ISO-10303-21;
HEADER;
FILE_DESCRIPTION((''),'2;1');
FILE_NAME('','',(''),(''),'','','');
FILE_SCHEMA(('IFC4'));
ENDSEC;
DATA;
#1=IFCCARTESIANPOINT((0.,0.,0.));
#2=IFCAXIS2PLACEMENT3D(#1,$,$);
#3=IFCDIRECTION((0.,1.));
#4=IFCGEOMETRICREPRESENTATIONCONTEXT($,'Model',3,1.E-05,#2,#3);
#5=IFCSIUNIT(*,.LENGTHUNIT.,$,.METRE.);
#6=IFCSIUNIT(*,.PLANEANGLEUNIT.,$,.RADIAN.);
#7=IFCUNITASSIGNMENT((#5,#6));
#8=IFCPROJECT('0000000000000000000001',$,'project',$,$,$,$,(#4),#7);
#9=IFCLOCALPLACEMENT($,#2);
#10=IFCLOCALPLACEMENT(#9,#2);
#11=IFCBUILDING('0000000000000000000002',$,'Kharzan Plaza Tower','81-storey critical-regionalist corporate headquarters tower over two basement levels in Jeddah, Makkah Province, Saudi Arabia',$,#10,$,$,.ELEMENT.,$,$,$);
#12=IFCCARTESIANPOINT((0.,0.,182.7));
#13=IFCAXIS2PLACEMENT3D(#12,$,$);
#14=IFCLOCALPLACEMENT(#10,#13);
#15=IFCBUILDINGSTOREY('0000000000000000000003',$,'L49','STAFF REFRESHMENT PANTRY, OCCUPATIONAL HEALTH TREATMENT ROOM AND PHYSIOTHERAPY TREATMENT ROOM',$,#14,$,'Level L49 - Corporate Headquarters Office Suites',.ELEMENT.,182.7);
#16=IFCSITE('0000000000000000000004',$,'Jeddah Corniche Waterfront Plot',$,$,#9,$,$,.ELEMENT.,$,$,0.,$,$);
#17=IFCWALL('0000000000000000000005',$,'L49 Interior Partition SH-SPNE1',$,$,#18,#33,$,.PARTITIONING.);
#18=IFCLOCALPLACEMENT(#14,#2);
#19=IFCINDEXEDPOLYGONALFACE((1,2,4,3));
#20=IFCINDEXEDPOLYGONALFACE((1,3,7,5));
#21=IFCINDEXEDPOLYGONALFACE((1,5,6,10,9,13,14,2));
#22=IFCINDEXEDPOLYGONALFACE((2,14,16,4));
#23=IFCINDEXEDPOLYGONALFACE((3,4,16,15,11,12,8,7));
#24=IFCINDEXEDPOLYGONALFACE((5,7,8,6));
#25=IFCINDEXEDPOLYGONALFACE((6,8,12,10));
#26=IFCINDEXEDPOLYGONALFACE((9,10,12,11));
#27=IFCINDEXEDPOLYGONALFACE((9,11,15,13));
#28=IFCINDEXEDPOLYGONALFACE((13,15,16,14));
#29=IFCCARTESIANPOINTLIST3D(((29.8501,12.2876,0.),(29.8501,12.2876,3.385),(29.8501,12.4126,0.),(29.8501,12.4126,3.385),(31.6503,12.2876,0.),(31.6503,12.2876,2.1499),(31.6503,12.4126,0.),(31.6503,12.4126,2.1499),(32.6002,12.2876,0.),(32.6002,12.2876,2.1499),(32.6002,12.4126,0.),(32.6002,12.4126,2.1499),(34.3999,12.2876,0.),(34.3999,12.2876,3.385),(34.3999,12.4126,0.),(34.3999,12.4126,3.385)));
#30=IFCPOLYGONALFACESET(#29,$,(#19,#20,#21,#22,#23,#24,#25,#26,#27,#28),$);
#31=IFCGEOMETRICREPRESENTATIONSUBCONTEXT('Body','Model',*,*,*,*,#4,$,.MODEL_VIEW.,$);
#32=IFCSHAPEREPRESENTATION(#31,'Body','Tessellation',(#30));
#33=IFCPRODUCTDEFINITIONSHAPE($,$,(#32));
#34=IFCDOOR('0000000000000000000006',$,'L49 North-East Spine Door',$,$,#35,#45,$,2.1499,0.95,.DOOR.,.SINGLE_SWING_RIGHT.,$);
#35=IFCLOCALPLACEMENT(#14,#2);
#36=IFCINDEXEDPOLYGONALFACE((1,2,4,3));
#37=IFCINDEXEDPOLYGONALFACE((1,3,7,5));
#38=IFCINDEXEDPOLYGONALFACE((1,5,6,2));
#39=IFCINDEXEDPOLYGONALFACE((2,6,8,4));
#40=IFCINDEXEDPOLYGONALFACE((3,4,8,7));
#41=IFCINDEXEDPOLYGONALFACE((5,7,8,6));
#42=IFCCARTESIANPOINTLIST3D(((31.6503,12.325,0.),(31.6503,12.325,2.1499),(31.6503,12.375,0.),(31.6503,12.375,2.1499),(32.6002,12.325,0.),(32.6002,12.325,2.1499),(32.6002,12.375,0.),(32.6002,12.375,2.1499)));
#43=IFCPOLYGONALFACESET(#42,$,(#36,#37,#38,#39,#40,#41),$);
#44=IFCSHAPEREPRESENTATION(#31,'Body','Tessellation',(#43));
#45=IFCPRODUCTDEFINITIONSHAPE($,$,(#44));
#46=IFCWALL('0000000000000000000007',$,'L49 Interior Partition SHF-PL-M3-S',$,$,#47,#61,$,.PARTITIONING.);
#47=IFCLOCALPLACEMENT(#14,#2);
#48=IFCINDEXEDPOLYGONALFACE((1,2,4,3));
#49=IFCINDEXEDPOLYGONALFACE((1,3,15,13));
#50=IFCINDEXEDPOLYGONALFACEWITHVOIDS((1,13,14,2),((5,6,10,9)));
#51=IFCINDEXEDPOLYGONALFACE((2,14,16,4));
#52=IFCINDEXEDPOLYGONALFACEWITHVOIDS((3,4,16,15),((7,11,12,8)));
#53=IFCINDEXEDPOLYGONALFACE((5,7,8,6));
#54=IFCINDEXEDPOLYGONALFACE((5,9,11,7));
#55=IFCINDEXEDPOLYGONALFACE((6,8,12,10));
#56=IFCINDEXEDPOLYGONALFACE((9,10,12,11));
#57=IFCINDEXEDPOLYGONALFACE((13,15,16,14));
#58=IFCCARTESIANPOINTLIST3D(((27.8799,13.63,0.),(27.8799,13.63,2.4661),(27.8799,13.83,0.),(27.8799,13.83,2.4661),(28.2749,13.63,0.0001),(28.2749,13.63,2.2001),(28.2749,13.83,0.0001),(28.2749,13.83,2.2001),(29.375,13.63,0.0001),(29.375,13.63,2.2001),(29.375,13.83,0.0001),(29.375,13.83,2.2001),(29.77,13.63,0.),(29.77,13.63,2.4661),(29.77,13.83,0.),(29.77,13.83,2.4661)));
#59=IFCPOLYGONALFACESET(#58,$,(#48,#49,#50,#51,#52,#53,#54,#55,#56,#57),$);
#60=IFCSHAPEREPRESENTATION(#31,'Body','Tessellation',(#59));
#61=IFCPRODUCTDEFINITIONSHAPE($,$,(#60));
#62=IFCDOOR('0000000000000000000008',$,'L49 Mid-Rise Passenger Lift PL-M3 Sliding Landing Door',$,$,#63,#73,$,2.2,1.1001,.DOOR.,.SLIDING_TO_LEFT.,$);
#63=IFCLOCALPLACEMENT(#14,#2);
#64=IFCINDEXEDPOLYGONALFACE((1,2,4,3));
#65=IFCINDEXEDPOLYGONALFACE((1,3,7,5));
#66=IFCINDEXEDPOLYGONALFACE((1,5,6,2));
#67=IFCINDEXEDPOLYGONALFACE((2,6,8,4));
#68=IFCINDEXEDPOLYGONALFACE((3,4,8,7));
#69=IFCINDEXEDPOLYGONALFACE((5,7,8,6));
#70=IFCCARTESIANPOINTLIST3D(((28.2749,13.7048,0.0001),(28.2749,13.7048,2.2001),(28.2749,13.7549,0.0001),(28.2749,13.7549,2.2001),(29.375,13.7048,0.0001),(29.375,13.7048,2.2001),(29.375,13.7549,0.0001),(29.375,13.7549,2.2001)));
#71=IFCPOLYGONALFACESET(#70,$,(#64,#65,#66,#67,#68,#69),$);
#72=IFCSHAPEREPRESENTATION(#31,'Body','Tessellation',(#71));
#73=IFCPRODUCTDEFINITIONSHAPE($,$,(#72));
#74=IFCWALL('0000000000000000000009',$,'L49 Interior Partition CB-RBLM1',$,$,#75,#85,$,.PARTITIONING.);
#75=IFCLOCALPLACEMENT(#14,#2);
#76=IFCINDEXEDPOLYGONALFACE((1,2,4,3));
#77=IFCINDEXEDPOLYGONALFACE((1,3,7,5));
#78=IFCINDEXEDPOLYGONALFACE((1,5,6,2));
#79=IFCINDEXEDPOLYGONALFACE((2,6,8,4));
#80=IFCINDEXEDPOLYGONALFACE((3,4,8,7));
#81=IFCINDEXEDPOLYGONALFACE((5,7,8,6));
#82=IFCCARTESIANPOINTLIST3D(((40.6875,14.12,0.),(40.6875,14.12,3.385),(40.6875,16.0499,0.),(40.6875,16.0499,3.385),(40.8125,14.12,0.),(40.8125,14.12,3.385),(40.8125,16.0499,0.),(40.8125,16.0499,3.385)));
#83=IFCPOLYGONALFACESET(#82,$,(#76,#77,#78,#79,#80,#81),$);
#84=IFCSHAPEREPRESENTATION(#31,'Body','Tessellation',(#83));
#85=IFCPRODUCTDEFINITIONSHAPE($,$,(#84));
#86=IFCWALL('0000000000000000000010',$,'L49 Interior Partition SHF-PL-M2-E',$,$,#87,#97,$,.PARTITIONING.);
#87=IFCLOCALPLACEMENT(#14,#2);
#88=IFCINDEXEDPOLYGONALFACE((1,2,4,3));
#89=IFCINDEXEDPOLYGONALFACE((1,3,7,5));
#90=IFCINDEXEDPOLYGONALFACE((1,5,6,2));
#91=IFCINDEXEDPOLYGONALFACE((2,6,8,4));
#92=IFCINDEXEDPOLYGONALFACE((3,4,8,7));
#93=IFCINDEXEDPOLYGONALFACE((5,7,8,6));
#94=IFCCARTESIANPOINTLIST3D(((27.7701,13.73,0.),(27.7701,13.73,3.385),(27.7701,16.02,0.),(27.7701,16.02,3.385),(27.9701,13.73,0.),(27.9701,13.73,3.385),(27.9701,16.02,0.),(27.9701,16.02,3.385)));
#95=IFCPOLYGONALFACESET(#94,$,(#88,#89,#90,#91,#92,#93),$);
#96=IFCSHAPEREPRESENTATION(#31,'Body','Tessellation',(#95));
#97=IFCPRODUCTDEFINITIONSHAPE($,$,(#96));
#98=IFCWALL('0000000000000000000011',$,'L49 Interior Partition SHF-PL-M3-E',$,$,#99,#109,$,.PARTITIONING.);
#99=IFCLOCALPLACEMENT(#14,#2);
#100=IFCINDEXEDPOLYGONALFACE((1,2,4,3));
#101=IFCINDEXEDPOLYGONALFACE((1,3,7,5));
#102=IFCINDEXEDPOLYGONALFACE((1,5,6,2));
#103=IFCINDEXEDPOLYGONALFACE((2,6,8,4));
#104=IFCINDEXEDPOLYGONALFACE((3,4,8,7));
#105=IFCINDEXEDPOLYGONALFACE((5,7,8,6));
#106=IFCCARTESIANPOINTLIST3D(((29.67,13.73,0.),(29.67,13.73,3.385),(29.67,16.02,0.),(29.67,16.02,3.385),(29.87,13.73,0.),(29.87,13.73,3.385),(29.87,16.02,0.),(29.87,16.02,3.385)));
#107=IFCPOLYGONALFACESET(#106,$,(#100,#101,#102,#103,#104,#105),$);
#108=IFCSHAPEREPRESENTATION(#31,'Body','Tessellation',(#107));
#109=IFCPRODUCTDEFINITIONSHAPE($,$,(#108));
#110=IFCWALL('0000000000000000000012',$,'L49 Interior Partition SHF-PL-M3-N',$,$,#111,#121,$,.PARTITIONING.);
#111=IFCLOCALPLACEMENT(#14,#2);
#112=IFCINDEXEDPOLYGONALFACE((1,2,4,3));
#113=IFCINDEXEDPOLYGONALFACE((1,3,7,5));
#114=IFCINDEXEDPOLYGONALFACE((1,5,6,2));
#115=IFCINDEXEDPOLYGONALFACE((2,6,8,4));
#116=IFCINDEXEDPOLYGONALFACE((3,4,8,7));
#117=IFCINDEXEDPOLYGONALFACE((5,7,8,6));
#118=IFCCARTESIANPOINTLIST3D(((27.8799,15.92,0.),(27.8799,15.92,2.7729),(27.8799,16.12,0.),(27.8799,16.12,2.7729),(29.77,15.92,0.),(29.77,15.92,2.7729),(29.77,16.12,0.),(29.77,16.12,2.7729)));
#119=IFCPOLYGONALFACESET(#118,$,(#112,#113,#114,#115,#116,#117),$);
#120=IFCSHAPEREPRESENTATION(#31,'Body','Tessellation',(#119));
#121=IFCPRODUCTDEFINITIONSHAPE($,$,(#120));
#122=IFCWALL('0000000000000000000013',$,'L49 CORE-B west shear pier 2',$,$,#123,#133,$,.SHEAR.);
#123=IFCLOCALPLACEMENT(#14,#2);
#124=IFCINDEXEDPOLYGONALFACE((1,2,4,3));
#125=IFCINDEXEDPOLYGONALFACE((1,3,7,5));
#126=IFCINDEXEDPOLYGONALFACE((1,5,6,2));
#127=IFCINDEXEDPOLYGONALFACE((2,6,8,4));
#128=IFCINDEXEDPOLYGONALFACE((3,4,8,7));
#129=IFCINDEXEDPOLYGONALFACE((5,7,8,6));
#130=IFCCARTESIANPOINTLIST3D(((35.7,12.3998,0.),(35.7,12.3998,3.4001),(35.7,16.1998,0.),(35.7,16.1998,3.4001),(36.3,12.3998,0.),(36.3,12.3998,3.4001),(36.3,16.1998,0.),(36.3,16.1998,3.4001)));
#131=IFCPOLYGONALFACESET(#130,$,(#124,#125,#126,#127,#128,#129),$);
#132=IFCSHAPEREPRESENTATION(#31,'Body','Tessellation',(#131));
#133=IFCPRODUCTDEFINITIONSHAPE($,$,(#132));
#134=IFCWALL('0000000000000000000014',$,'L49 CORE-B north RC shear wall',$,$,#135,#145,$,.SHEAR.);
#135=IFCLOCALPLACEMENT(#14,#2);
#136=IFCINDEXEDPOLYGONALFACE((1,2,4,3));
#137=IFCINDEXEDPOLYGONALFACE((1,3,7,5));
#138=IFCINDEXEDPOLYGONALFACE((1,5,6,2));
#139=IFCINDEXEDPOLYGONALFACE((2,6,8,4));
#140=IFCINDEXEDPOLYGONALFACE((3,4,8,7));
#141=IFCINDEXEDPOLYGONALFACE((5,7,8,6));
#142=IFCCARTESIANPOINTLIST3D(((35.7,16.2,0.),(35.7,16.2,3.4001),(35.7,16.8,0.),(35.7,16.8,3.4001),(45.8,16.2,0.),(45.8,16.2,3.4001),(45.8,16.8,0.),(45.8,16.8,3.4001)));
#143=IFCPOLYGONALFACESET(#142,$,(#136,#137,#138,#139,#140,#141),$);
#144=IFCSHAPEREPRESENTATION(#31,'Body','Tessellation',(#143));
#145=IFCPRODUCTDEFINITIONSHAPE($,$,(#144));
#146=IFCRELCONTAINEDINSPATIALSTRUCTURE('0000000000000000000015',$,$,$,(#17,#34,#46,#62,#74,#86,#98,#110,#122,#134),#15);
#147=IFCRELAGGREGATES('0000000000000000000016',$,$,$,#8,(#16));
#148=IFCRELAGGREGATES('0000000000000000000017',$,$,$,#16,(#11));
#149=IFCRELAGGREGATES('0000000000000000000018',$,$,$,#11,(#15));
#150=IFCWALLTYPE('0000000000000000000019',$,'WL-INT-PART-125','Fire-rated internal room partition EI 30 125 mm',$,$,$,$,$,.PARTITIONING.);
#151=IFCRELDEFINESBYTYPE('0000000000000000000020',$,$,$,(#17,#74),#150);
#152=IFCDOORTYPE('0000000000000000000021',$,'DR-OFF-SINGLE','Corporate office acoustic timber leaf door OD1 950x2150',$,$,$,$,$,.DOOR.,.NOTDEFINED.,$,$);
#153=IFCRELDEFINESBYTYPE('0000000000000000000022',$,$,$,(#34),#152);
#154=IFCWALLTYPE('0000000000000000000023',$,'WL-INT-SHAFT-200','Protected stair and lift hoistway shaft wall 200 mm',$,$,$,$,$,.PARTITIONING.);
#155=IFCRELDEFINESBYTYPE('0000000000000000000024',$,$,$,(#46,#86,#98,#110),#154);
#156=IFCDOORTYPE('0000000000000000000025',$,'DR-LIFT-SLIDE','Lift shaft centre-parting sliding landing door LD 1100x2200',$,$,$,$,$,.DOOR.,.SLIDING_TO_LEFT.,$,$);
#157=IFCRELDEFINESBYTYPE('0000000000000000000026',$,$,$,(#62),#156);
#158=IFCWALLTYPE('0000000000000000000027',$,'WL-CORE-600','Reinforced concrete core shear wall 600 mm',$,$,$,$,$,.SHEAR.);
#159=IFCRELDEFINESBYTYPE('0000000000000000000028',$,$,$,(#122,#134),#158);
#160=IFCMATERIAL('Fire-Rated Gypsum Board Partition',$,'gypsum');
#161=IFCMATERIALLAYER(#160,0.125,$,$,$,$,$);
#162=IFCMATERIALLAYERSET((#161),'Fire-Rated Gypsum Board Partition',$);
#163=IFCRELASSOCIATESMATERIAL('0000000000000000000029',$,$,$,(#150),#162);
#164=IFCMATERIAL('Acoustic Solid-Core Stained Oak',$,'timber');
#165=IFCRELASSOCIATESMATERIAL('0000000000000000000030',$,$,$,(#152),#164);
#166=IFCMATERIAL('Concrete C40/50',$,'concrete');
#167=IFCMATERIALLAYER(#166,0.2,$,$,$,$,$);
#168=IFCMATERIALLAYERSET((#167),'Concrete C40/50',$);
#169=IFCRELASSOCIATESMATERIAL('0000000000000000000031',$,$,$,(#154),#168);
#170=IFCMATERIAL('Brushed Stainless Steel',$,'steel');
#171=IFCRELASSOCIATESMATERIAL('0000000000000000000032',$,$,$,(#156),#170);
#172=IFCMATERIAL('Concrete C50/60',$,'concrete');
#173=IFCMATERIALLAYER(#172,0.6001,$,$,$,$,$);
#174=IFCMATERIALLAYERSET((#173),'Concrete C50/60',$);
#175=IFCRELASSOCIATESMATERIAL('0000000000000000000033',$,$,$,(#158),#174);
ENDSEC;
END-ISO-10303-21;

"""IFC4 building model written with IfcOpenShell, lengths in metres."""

from ifc_helpers import new_model, si_unit, direction, frame, frame_2d, origin, place, context, subcontext, project, spatial, rectangle, extrude, source, transform, mapped, material, layer, layer_set, type_object, element, fill, save


model = new_model("IFC4")

# Units and contexts
model_context = context("Model", 3, precision=1e-05, world=origin(), true_north=direction((0.0, 1.0)))
body_context = subcontext(model_context, "Body", "Model", "MODEL_VIEW")
ifc_project = project(units=[si_unit("LENGTHUNIT", "METRE"), si_unit("PLANEANGLEUNIT", "RADIAN")], contexts=[model_context])

# Site, building, storey
site_placement = place(None, origin())
site = spatial("IfcSite", under=ifc_project, at=site_placement, Name="Jeddah Corniche Waterfront Plot", CompositionType="ELEMENT", RefElevation=0.0)
building_placement = place(site_placement, origin())
building = spatial("IfcBuilding", under=site, at=building_placement, Name="Kharzan Plaza Tower", Description="81-storey critical-regionalist corporate headquarters tower over two basement levels in Jeddah, Makkah Province, Saudi Arabia", CompositionType="ELEMENT")
storey_placement = place(building_placement, frame((0.0, 0.0, 182.7)))
storey = spatial("IfcBuildingStorey", under=building, at=storey_placement, Name="L49", Description="STAFF REFRESHMENT PANTRY, OCCUPATIONAL HEALTH TREATMENT ROOM AND PHYSIOTHERAPY TREATMENT ROOM", LongName="Level L49 - Corporate Headquarters Office Suites", CompositionType="ELEMENT", Elevation=182.7)

# Shared definitions
ifc_material_1 = material(Name="Concrete C50/60", Category="concrete")

# Shared definitions
ifc_material_2 = material(Name="Concrete C40/50", Category="concrete")

# Walls, openings, doors
ifc_material_3 = material(Name="Fire-Rated Gypsum Board Partition", Category="gypsum")
ifc_layer_1 = layer(ifc_material_3, 0.125)
ifc_layer_set_1 = layer_set([ifc_layer_1], Name="Fire-Rated Gypsum Board Partition")
wall_type_1 = type_object("IfcWallType", Name="WL-INT-PART-125", Description="Fire-rated internal room partition EI 30 125 mm", PredefinedType="PARTITIONING", material=ifc_layer_set_1)
ifc_material_4 = material(Name="Acoustic Solid-Core Stained Oak", Category="timber")
door_type_1 = type_object("IfcDoorType", Name="DR-OFF-SINGLE", Description="Corporate office acoustic timber leaf door OD1 950x2150", OperationType="NOTDEFINED", PredefinedType="DOOR", material=ifc_material_4)
shared_shape_1 = source(origin(), body_context, "Body", "SweptSolid", [
    extrude(rectangle(XDim=0.95, YDim=2.1499, at=frame_2d((0.4751, 1.075))), frame((0.0, 0.0249, 0.0), z_axis=(0.0, -1.0, 0.0), x_axis=(1.0, 0.0, 0.0)), (0.0, 0.0, 1.0), 0.05),
])
wall_1_placement = place(storey_placement, frame((29.8501, 12.3501, 0.0), z_axis=(0.0, 0.0, 1.0), x_axis=(1.0, 0.0, 0.0)))
wall_1 = element("IfcWall", 1, at=wall_1_placement, inside=storey, type_object=wall_type_1, Name="L49 Interior Partition SH-SPNE1", PredefinedType="PARTITIONING", context=body_context, shape_type="SweptSolid", body=[
    extrude(rectangle(XDim=4.5498, YDim=0.125, at=frame_2d((2.2749, 0.0))), origin(), (0.0, 0.0, 1.0), 3.385),
])
opening_1_placement = place(wall_1_placement, frame((1.8, 0.0, 0.0)))
opening_1 = element("IfcOpeningElement", 2, at=opening_1_placement, cuts=wall_1, PredefinedType="OPENING", context=body_context, shape_type="SweptSolid", body=[
    extrude(rectangle(XDim=0.95, YDim=2.1499, at=frame_2d((0.4751, 1.075))), frame((0.0, 0.0725, 0.0), z_axis=(0.0, -1.0, 0.0), x_axis=(1.0, 0.0, 0.0)), (0.0, 0.0, 1.0), 0.145),
])
door_1_placement = place(opening_1_placement, origin())
door_1 = element("IfcDoor", 3, at=door_1_placement, inside=storey, type_object=door_type_1, Name="L49 North-East Spine Door", OperationType="SINGLE_SWING_RIGHT", OverallHeight=2.1499, OverallWidth=0.95, PredefinedType="DOOR", context=body_context, shape_type="MappedRepresentation", body=[
    mapped(shared_shape_1, transform((0.0, 0.0, 0.0), x_axis=(1.0, 0.0, 0.0), y_axis=(0.0, 1.0, 0.0), z_axis=(0.0, 0.0, 1.0))),
])
fill(opening_1, door_1)
ifc_layer_2 = layer(ifc_material_2, 0.2)
ifc_layer_set_2 = layer_set([ifc_layer_2], Name="Concrete C40/50")
wall_type_2 = type_object("IfcWallType", Name="WL-INT-SHAFT-200", Description="Protected stair and lift hoistway shaft wall 200 mm", PredefinedType="PARTITIONING", material=ifc_layer_set_2)
wall_2_placement = place(storey_placement, frame((27.8799, 13.73, 0.0), z_axis=(0.0, 0.0, 1.0), x_axis=(1.0, 0.0, 0.0)))
wall_2 = element("IfcWall", 4, at=wall_2_placement, inside=storey, type_object=wall_type_2, Name="L49 Interior Partition SHF-PL-M3-S", PredefinedType="PARTITIONING", context=body_context, shape_type="SweptSolid", body=[
    extrude(rectangle(XDim=1.8901, YDim=0.2, at=frame_2d((0.9451, 0.0))), origin(), (0.0, 0.0, 1.0), 2.4661),
])
opening_2_placement = place(wall_2_placement, frame((0.395, 0.0, 0.0)))
opening_2 = element("IfcOpeningElement", 5, at=opening_2_placement, cuts=wall_2, PredefinedType="OPENING", context=body_context, shape_type="SweptSolid", body=[
    extrude(rectangle(XDim=1.1001, YDim=2.2, at=frame_2d((0.55, 1.1001))), frame((0.0, 0.1099, 0.0), z_axis=(0.0, -1.0, 0.0), x_axis=(1.0, 0.0, 0.0)), (0.0, 0.0, 1.0), 0.22),
])
ifc_material_5 = material(Name="Brushed Stainless Steel", Category="steel")
door_type_2 = type_object("IfcDoorType", Name="DR-LIFT-SLIDE", Description="Lift shaft centre-parting sliding landing door LD 1100x2200", OperationType="SLIDING_TO_LEFT", PredefinedType="DOOR", material=ifc_material_5)
shared_shape_2 = source(origin(), body_context, "Body", "SweptSolid", [
    extrude(rectangle(XDim=1.1001, YDim=2.2, at=frame_2d((0.55, 1.1001))), frame((0.0, 0.0249, 0.0), z_axis=(0.0, -1.0, 0.0), x_axis=(1.0, 0.0, 0.0)), (0.0, 0.0, 1.0), 0.05),
])
door_2_placement = place(opening_2_placement, origin())
door_2 = element("IfcDoor", 6, at=door_2_placement, inside=storey, type_object=door_type_2, Name="L49 Mid-Rise Passenger Lift PL-M3 Sliding Landing Door", OperationType="SLIDING_TO_LEFT", OverallHeight=2.2, OverallWidth=1.1001, PredefinedType="DOOR", context=body_context, shape_type="MappedRepresentation", body=[
    mapped(shared_shape_2, transform((0.0, 0.0, 0.0), x_axis=(1.0, 0.0, 0.0), y_axis=(0.0, 1.0, 0.0), z_axis=(0.0, 0.0, 1.0))),
])
fill(opening_2, door_2)

# Walls
shared_shape_3 = source(origin(), body_context, "Body", "SweptSolid", [
    extrude(rectangle(XDim=1.9299, YDim=0.125, at=frame_2d((0.9648, 0.0))), origin(), (0.0, 0.0, 1.0), 3.385),
])
wall_3_placement = place(storey_placement, frame((40.75, 14.1201, 0.0), z_axis=(0.0, 0.0, 1.0), x_axis=(0.0, 1.0, 0.0)))
element("IfcWall", 7, at=wall_3_placement, inside=storey, type_object=wall_type_1, Name="L49 Interior Partition CB-RBLM1", PredefinedType="PARTITIONING", context=body_context, shape_type="MappedRepresentation", body=[
    mapped(shared_shape_3, transform((0.0, 0.0, 0.0), x_axis=(1.0, 0.0, 0.0), y_axis=(0.0, 1.0, 0.0), z_axis=(0.0, 0.0, 1.0))),
])
shared_shape_4 = source(origin(), body_context, "Body", "SweptSolid", [
    extrude(rectangle(XDim=2.29, YDim=0.2, at=frame_2d((1.145, 0.0))), origin(), (0.0, 0.0, 1.0), 3.385),
])
for number, where, z_axis, x_axis, name in (
    (8, (27.8701, 13.73, 0.0), (0.0, 0.0, 1.0), (0.0, 1.0, 0.0), "L49 Interior Partition SHF-PL-M2-E"),
    (9, (29.77, 13.73, 0.0), (0.0, 0.0, 1.0), (0.0, 1.0, 0.0), "L49 Interior Partition SHF-PL-M3-E"),
):
    element("IfcWall", number, at=place(storey_placement, frame(where, z_axis=z_axis, x_axis=x_axis)), inside=storey, type_object=wall_type_2, Name=name, PredefinedType="PARTITIONING", context=body_context, shape_type="MappedRepresentation", body=[
        mapped(shared_shape_4, transform((0.0, 0.0, 0.0), x_axis=(1.0, 0.0, 0.0), y_axis=(0.0, 1.0, 0.0), z_axis=(0.0, 0.0, 1.0))),
    ])
shared_shape_5 = source(origin(), body_context, "Body", "SweptSolid", [
    extrude(rectangle(XDim=1.8901, YDim=0.2, at=frame_2d((0.9451, 0.0))), origin(), (0.0, 0.0, 1.0), 2.7729),
])
wall_4_placement = place(storey_placement, frame((27.8799, 16.02, 0.0), z_axis=(0.0, 0.0, 1.0), x_axis=(1.0, 0.0, 0.0)))
element("IfcWall", 10, at=wall_4_placement, inside=storey, type_object=wall_type_2, Name="L49 Interior Partition SHF-PL-M3-N", PredefinedType="PARTITIONING", context=body_context, shape_type="MappedRepresentation", body=[
    mapped(shared_shape_5, transform((0.0, 0.0, 0.0), x_axis=(1.0, 0.0, 0.0), y_axis=(0.0, 1.0, 0.0), z_axis=(0.0, 0.0, 1.0))),
])
ifc_layer_3 = layer(ifc_material_1, 0.6001)
ifc_layer_set_3 = layer_set([ifc_layer_3], Name="Concrete C50/60")
wall_type_3 = type_object("IfcWallType", Name="WL-CORE-600", Description="Reinforced concrete core shear wall 600 mm", PredefinedType="SHEAR", material=ifc_layer_set_3)
shared_shape_6 = source(origin(), body_context, "Body", "SweptSolid", [
    extrude(rectangle(XDim=3.8, YDim=0.6001, at=frame_2d((1.8999, 0.0))), origin(), (0.0, 0.0, 1.0), 3.4001),
])
wall_5_placement = place(storey_placement, frame((36.0, 12.3999, 0.0), z_axis=(0.0, 0.0, 1.0), x_axis=(0.0, 1.0, 0.0)))
element("IfcWall", 11, at=wall_5_placement, inside=storey, type_object=wall_type_3, Name="L49 CORE-B west shear pier 2", PredefinedType="SHEAR", context=body_context, shape_type="MappedRepresentation", body=[
    mapped(shared_shape_6, transform((0.0, 0.0, 0.0), x_axis=(1.0, 0.0, 0.0), y_axis=(0.0, 1.0, 0.0), z_axis=(0.0, 0.0, 1.0))),
])
shared_shape_7 = source(origin(), body_context, "Body", "SweptSolid", [
    extrude(rectangle(XDim=10.1001, YDim=0.6001, at=frame_2d((5.05, 0.0))), origin(), (0.0, 0.0, 1.0), 3.4001),
])
wall_6_placement = place(storey_placement, frame((35.7, 16.5, 0.0), z_axis=(0.0, 0.0, 1.0), x_axis=(1.0, 0.0, 0.0)))
element("IfcWall", 12, at=wall_6_placement, inside=storey, type_object=wall_type_3, Name="L49 CORE-B north RC shear wall", PredefinedType="SHEAR", context=body_context, shape_type="MappedRepresentation", body=[
    mapped(shared_shape_7, transform((0.0, 0.0, 0.0), x_axis=(1.0, 0.0, 0.0), y_axis=(0.0, 1.0, 0.0), z_axis=(0.0, 0.0, 1.0))),
])

save(model, "model.ifc")
